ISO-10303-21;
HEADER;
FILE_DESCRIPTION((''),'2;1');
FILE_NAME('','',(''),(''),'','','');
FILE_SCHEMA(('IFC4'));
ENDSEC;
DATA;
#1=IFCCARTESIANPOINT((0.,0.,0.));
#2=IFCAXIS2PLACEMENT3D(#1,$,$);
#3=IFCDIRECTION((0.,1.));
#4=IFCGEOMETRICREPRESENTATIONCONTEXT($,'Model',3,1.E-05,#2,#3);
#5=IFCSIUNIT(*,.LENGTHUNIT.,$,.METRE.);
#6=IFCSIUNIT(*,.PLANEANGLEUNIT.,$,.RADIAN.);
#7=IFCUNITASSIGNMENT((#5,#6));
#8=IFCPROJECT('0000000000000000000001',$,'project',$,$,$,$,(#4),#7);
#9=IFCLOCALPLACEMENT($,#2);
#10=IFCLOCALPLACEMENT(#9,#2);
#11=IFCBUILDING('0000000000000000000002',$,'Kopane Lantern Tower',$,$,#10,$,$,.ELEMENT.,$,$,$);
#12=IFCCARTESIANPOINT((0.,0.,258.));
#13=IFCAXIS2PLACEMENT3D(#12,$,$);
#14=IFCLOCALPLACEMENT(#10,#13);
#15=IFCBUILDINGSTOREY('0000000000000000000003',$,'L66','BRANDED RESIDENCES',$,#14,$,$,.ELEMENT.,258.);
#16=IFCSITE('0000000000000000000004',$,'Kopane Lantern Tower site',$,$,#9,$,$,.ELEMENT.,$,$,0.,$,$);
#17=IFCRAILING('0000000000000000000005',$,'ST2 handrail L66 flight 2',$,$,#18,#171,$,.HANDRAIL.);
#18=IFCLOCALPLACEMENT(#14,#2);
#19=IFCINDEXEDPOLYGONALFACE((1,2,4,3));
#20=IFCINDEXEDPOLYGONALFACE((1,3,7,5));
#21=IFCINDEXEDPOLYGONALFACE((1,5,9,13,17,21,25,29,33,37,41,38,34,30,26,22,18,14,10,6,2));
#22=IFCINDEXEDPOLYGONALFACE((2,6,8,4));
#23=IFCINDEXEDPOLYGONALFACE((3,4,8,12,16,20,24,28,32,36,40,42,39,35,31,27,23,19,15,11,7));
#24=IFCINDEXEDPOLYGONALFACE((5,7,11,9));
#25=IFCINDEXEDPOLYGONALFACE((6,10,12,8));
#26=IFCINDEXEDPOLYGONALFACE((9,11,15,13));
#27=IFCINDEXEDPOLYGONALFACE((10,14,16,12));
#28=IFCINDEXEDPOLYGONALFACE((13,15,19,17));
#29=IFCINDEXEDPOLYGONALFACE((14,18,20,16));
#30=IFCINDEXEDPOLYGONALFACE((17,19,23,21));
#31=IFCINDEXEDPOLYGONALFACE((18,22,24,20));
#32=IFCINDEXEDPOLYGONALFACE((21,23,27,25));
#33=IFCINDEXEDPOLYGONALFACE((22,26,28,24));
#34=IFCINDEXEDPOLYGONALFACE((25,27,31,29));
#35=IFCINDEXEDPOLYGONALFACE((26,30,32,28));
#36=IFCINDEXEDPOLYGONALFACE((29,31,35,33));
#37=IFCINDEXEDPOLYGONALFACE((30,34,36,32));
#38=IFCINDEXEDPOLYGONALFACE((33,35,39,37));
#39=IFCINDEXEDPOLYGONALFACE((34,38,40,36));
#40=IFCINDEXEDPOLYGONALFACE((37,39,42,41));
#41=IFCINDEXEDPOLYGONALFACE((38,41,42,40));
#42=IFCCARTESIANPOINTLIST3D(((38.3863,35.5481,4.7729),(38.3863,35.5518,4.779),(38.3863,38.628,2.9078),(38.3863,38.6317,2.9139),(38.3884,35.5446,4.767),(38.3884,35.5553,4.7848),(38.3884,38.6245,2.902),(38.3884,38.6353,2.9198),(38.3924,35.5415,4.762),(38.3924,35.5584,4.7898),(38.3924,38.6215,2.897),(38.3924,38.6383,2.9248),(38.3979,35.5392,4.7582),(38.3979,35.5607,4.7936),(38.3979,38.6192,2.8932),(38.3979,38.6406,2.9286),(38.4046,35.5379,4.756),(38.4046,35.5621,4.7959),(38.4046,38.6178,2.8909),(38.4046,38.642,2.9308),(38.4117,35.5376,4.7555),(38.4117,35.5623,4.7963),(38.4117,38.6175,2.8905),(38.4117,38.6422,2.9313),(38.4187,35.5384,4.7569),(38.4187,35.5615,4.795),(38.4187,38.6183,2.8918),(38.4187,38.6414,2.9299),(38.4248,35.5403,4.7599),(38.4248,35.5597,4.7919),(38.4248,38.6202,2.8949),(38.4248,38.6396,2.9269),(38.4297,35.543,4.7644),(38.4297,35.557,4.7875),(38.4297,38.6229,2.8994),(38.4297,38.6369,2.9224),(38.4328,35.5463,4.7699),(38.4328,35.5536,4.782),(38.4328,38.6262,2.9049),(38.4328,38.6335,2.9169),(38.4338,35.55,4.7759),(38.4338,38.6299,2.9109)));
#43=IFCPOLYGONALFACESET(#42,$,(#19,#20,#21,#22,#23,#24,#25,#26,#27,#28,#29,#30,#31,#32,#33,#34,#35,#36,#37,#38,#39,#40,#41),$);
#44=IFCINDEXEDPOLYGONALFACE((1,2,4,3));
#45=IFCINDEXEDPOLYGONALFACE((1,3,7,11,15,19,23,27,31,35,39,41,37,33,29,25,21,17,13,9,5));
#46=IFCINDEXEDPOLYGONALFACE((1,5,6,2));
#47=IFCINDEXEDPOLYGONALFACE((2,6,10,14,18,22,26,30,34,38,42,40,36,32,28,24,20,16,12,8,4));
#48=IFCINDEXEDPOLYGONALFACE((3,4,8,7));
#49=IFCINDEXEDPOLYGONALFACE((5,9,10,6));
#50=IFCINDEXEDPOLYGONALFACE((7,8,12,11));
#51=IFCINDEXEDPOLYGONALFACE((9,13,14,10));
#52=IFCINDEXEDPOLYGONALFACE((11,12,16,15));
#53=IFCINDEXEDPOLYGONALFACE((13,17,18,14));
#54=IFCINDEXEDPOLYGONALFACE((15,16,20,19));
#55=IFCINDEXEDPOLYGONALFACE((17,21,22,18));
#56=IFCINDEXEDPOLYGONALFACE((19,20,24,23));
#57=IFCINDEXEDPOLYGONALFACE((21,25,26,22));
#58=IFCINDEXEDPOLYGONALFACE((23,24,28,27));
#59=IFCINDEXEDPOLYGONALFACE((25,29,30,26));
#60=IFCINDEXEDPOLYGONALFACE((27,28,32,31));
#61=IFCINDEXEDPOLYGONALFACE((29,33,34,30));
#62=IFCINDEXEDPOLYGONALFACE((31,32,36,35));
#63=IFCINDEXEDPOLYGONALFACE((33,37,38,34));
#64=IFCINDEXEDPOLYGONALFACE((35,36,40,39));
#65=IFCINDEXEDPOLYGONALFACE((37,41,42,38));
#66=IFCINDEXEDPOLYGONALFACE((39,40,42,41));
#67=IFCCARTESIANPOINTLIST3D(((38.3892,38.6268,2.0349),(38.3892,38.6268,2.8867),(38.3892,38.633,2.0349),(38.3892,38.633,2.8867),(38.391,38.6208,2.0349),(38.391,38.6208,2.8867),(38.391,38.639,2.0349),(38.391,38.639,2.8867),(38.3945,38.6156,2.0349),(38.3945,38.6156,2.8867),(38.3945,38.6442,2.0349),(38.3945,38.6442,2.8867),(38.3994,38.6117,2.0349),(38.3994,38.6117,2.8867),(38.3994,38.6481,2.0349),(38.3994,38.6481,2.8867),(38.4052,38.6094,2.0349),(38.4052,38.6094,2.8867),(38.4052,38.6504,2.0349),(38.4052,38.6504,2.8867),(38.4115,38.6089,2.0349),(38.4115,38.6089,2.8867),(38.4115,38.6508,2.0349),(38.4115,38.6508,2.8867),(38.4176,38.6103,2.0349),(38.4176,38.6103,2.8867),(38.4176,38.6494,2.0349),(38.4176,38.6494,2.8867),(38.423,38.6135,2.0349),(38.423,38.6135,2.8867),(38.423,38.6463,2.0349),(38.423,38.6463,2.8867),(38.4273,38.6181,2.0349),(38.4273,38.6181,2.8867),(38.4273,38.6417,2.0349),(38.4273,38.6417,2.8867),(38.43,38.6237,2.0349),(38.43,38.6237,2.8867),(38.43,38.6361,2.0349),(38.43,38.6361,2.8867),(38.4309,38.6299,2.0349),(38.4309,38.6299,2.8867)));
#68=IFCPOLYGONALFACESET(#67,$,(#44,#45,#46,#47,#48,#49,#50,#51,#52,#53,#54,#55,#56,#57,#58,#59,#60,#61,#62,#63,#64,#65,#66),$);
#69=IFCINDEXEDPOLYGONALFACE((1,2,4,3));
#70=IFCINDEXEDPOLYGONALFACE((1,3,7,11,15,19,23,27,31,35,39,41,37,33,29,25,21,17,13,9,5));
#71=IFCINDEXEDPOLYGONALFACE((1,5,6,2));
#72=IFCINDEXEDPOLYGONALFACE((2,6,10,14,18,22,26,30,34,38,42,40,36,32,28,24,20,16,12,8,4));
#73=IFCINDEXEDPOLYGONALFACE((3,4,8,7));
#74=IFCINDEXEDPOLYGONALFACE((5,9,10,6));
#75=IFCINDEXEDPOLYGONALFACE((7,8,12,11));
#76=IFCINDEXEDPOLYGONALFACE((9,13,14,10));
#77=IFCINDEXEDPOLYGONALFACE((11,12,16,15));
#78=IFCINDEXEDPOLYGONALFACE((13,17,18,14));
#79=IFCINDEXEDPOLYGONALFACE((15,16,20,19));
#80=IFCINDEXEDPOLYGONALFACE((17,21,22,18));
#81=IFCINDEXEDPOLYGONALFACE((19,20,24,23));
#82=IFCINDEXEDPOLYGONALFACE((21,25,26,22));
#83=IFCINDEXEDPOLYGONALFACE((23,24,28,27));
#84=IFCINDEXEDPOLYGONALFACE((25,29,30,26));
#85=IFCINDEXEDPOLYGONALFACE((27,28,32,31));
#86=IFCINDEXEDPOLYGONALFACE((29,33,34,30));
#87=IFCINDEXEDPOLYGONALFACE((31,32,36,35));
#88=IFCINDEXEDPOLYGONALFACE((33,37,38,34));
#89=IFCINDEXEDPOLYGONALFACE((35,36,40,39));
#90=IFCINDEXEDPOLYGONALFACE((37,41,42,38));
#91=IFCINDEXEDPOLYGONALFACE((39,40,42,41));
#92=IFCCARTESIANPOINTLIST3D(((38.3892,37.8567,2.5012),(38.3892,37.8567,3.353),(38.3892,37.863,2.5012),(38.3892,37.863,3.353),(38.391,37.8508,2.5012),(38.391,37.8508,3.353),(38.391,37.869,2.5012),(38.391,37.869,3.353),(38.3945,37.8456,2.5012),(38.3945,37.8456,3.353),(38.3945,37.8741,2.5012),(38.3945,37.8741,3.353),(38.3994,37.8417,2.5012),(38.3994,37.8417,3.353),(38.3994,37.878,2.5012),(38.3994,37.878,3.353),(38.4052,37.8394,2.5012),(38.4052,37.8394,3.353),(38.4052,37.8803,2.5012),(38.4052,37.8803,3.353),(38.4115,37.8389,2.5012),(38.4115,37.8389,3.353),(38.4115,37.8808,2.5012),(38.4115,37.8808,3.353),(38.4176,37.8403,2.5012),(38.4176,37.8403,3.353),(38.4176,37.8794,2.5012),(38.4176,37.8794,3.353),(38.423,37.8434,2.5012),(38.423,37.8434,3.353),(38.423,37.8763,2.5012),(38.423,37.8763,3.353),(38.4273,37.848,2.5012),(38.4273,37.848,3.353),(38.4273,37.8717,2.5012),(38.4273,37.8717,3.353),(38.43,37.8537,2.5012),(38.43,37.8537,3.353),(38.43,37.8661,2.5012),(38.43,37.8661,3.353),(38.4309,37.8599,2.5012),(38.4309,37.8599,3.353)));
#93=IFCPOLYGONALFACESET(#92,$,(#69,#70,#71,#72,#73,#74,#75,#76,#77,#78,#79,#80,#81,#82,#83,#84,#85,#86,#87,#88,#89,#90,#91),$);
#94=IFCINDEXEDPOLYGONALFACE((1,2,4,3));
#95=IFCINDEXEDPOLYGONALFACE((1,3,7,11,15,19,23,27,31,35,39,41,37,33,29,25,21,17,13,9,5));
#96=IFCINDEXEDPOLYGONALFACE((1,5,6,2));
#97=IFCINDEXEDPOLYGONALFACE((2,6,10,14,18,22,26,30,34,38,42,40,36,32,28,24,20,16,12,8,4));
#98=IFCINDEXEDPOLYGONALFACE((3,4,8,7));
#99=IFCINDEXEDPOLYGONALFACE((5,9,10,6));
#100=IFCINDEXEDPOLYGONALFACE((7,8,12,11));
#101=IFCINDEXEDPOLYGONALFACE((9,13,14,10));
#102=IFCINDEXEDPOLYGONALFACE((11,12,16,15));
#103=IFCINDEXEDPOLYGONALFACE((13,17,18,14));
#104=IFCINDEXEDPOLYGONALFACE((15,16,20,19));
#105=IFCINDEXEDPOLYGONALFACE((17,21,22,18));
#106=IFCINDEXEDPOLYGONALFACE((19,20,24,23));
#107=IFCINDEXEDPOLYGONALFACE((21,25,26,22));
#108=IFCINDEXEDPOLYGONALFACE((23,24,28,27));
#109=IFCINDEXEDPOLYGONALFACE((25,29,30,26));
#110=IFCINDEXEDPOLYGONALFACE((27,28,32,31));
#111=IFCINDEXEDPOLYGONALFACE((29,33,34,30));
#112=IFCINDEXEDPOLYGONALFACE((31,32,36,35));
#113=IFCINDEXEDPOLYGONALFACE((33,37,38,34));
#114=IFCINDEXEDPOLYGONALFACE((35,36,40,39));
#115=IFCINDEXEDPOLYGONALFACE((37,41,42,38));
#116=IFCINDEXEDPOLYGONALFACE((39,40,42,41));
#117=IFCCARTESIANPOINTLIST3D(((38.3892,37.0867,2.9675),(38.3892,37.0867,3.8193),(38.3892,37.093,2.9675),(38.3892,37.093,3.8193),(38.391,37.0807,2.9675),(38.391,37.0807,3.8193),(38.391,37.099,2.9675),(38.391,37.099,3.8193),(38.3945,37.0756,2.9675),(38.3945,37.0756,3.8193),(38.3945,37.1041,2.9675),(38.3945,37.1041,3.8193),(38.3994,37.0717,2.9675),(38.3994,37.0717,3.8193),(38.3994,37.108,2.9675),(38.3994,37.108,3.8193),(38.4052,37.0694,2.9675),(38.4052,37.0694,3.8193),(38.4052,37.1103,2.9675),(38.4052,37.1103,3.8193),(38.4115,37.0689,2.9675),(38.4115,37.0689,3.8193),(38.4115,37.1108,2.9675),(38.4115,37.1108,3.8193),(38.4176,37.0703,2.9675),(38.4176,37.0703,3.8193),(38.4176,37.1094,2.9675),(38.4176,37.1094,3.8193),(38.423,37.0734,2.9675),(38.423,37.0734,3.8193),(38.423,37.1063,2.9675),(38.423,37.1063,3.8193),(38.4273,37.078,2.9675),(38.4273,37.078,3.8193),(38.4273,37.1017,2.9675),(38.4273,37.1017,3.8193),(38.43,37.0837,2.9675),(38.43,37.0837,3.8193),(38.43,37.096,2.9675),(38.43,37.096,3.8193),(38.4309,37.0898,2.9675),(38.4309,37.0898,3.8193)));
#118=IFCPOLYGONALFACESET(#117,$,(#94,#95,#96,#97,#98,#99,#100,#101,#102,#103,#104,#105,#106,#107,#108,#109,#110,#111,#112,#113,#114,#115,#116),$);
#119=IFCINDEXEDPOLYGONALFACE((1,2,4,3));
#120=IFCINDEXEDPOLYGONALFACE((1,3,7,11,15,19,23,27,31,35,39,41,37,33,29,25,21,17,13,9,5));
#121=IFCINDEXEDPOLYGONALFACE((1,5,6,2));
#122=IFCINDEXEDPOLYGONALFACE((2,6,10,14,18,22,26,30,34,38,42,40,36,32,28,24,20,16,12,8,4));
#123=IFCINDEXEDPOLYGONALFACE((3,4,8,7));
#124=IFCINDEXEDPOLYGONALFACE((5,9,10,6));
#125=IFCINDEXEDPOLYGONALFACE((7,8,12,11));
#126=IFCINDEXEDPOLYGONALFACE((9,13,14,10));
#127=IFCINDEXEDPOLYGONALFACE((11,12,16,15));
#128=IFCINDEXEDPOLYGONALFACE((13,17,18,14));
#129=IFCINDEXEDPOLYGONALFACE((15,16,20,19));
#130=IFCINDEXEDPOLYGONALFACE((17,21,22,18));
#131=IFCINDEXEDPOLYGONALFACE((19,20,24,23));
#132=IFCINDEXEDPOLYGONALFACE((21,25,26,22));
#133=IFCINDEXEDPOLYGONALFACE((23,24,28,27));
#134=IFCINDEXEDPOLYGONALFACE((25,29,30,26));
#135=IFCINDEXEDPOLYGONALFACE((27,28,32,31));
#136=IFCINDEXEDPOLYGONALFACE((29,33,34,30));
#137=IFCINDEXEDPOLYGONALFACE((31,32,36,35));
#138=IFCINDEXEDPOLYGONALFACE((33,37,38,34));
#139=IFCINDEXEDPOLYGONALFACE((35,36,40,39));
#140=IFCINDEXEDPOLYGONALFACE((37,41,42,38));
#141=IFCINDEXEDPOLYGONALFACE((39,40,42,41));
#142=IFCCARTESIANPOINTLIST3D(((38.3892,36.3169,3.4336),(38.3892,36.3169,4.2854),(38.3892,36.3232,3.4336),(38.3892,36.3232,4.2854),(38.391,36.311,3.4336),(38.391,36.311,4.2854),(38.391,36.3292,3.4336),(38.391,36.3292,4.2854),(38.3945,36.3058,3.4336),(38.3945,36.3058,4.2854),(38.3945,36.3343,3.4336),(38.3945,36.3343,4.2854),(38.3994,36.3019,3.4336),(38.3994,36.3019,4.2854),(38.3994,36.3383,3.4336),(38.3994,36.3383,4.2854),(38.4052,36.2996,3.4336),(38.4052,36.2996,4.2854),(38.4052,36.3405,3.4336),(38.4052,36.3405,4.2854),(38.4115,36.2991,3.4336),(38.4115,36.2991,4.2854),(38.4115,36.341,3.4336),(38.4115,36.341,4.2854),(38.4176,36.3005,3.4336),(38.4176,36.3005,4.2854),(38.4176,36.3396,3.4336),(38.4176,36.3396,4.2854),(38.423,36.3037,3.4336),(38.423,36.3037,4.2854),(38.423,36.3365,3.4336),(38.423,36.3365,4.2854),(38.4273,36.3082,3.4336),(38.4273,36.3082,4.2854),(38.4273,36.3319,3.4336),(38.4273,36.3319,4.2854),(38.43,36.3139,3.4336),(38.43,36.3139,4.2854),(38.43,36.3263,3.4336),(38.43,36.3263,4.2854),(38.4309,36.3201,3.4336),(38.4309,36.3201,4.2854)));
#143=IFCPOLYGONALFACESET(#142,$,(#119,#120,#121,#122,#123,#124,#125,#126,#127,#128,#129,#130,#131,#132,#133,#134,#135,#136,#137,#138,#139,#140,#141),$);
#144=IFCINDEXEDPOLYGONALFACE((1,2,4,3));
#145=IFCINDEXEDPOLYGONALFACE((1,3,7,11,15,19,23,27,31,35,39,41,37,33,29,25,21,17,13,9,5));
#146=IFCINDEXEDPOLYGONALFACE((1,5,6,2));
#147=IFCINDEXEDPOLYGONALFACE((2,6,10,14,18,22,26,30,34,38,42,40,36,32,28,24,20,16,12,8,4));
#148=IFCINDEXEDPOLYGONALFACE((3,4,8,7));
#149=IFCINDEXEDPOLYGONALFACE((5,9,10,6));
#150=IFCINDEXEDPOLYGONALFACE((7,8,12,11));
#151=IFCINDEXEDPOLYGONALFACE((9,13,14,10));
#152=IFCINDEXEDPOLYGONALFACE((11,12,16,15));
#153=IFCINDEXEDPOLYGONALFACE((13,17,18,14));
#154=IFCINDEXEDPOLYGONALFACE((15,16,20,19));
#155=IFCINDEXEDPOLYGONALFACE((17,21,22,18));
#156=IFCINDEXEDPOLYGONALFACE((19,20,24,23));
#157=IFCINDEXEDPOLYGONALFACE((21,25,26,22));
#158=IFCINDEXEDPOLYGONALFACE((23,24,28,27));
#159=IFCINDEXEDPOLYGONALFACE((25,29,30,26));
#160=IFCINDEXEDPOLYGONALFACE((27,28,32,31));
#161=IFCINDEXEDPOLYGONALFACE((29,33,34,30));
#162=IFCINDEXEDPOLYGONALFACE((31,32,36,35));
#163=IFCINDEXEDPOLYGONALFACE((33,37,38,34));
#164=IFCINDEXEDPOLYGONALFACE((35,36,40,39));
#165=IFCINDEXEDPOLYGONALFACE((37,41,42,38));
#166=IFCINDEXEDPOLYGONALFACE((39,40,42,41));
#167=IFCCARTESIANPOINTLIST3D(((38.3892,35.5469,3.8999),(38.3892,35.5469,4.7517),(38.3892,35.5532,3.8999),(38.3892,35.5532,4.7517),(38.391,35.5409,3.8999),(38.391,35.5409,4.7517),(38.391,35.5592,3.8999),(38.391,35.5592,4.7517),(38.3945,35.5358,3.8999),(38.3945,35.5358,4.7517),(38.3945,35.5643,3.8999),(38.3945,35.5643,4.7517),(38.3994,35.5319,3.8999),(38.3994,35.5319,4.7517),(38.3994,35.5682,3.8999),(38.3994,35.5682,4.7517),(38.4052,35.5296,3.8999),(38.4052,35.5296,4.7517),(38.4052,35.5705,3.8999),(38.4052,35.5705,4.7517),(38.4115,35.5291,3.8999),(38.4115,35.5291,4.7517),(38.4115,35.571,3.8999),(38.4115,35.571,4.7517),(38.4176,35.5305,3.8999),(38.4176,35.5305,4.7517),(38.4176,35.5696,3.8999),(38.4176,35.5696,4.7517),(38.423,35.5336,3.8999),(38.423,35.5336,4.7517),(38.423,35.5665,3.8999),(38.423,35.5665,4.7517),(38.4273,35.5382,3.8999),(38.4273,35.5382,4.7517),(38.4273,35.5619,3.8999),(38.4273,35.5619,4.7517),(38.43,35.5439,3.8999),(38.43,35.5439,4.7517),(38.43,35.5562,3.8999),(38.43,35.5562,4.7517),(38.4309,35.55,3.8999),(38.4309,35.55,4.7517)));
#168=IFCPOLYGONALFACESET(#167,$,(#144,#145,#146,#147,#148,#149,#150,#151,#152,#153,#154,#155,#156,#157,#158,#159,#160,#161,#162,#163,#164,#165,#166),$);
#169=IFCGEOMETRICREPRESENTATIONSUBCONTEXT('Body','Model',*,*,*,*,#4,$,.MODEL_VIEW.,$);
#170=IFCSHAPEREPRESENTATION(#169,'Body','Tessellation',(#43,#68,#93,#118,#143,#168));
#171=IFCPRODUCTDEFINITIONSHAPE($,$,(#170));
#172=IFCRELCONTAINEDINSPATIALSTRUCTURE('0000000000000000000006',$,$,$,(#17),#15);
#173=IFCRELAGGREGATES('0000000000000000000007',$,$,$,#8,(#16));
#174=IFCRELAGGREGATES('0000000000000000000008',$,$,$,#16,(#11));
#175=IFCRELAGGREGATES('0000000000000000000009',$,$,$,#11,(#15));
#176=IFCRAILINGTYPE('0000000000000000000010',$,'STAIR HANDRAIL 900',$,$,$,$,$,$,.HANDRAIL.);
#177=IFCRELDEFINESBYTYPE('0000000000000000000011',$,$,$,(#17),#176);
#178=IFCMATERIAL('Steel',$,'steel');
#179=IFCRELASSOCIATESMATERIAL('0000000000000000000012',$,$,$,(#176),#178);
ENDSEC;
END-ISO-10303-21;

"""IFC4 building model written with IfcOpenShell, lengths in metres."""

from ifc_helpers import new_model, si_unit, direction, frame, origin, origin_2d, place, context, subcontext, project, spatial, circle, extrude, material, type_object, element, save


model = new_model("IFC4")

# Units and contexts
model_context = context("Model", 3, precision=1e-05, world=origin(), true_north=direction((0.0, 1.0)))
body_context = subcontext(model_context, "Body", "Model", "MODEL_VIEW")
ifc_project = project(units=[si_unit("LENGTHUNIT", "METRE"), si_unit("PLANEANGLEUNIT", "RADIAN")], contexts=[model_context])

# Site, building, storey
site_placement = place(None, origin())
site = spatial("IfcSite", under=ifc_project, at=site_placement, Name="Kopane Lantern Tower site", CompositionType="ELEMENT", RefElevation=0.0)
building_placement = place(site_placement, origin())
building = spatial("IfcBuilding", under=site, at=building_placement, Name="Kopane Lantern Tower", CompositionType="ELEMENT")
storey_placement = place(building_placement, frame((0.0, 0.0, 258.0)))
storey = spatial("IfcBuildingStorey", under=building, at=storey_placement, Name="L66", Description="BRANDED RESIDENCES", CompositionType="ELEMENT", Elevation=258.0)

# Railing
ifc_material_1 = material(Name="Steel", Category="steel")
railing_type_1 = type_object("IfcRailingType", Name="STAIR HANDRAIL 900", PredefinedType="HANDRAIL", material=ifc_material_1)
for number, where, name in (
    (1, (38.4099, 38.6299, 2.0349), "ST2 handrail L66 flight 2"),
):
    element("IfcRailing", number, at=place(storey_placement, frame(where)), inside=storey, type_object=railing_type_1, Name=name, PredefinedType="HANDRAIL", context=body_context, shape_type="SweptSolid", body=[
        extrude(circle(Radius=0.0239, at=origin_2d()), frame((0.0, 0.0, 0.876), z_axis=(0.0, -0.855392, 0.517982), x_axis=(1.0, 0.0, 0.0)), (0.0, 0.0, 1.0), 3.6006),
        extrude(circle(Radius=0.021, at=origin_2d()), origin(), (0.0, 0.0, 1.0), 0.8518),
        extrude(circle(Radius=0.021, at=origin_2d()), frame((0.0, -0.77, 0.4663)), (0.0, 0.0, 1.0), 0.8518),
        extrude(circle(Radius=0.021, at=origin_2d()), frame((0.0, -1.54, 0.9326)), (0.0, 0.0, 1.0), 0.8518),
        extrude(circle(Radius=0.021, at=origin_2d()), frame((0.0, -2.3098, 1.3987)), (0.0, 0.0, 1.0), 0.8518),
        extrude(circle(Radius=0.021, at=origin_2d()), frame((0.0, -3.0798, 1.865)), (0.0, 0.0, 1.0), 0.8518),
    ])

save(model, "model.ifc")
